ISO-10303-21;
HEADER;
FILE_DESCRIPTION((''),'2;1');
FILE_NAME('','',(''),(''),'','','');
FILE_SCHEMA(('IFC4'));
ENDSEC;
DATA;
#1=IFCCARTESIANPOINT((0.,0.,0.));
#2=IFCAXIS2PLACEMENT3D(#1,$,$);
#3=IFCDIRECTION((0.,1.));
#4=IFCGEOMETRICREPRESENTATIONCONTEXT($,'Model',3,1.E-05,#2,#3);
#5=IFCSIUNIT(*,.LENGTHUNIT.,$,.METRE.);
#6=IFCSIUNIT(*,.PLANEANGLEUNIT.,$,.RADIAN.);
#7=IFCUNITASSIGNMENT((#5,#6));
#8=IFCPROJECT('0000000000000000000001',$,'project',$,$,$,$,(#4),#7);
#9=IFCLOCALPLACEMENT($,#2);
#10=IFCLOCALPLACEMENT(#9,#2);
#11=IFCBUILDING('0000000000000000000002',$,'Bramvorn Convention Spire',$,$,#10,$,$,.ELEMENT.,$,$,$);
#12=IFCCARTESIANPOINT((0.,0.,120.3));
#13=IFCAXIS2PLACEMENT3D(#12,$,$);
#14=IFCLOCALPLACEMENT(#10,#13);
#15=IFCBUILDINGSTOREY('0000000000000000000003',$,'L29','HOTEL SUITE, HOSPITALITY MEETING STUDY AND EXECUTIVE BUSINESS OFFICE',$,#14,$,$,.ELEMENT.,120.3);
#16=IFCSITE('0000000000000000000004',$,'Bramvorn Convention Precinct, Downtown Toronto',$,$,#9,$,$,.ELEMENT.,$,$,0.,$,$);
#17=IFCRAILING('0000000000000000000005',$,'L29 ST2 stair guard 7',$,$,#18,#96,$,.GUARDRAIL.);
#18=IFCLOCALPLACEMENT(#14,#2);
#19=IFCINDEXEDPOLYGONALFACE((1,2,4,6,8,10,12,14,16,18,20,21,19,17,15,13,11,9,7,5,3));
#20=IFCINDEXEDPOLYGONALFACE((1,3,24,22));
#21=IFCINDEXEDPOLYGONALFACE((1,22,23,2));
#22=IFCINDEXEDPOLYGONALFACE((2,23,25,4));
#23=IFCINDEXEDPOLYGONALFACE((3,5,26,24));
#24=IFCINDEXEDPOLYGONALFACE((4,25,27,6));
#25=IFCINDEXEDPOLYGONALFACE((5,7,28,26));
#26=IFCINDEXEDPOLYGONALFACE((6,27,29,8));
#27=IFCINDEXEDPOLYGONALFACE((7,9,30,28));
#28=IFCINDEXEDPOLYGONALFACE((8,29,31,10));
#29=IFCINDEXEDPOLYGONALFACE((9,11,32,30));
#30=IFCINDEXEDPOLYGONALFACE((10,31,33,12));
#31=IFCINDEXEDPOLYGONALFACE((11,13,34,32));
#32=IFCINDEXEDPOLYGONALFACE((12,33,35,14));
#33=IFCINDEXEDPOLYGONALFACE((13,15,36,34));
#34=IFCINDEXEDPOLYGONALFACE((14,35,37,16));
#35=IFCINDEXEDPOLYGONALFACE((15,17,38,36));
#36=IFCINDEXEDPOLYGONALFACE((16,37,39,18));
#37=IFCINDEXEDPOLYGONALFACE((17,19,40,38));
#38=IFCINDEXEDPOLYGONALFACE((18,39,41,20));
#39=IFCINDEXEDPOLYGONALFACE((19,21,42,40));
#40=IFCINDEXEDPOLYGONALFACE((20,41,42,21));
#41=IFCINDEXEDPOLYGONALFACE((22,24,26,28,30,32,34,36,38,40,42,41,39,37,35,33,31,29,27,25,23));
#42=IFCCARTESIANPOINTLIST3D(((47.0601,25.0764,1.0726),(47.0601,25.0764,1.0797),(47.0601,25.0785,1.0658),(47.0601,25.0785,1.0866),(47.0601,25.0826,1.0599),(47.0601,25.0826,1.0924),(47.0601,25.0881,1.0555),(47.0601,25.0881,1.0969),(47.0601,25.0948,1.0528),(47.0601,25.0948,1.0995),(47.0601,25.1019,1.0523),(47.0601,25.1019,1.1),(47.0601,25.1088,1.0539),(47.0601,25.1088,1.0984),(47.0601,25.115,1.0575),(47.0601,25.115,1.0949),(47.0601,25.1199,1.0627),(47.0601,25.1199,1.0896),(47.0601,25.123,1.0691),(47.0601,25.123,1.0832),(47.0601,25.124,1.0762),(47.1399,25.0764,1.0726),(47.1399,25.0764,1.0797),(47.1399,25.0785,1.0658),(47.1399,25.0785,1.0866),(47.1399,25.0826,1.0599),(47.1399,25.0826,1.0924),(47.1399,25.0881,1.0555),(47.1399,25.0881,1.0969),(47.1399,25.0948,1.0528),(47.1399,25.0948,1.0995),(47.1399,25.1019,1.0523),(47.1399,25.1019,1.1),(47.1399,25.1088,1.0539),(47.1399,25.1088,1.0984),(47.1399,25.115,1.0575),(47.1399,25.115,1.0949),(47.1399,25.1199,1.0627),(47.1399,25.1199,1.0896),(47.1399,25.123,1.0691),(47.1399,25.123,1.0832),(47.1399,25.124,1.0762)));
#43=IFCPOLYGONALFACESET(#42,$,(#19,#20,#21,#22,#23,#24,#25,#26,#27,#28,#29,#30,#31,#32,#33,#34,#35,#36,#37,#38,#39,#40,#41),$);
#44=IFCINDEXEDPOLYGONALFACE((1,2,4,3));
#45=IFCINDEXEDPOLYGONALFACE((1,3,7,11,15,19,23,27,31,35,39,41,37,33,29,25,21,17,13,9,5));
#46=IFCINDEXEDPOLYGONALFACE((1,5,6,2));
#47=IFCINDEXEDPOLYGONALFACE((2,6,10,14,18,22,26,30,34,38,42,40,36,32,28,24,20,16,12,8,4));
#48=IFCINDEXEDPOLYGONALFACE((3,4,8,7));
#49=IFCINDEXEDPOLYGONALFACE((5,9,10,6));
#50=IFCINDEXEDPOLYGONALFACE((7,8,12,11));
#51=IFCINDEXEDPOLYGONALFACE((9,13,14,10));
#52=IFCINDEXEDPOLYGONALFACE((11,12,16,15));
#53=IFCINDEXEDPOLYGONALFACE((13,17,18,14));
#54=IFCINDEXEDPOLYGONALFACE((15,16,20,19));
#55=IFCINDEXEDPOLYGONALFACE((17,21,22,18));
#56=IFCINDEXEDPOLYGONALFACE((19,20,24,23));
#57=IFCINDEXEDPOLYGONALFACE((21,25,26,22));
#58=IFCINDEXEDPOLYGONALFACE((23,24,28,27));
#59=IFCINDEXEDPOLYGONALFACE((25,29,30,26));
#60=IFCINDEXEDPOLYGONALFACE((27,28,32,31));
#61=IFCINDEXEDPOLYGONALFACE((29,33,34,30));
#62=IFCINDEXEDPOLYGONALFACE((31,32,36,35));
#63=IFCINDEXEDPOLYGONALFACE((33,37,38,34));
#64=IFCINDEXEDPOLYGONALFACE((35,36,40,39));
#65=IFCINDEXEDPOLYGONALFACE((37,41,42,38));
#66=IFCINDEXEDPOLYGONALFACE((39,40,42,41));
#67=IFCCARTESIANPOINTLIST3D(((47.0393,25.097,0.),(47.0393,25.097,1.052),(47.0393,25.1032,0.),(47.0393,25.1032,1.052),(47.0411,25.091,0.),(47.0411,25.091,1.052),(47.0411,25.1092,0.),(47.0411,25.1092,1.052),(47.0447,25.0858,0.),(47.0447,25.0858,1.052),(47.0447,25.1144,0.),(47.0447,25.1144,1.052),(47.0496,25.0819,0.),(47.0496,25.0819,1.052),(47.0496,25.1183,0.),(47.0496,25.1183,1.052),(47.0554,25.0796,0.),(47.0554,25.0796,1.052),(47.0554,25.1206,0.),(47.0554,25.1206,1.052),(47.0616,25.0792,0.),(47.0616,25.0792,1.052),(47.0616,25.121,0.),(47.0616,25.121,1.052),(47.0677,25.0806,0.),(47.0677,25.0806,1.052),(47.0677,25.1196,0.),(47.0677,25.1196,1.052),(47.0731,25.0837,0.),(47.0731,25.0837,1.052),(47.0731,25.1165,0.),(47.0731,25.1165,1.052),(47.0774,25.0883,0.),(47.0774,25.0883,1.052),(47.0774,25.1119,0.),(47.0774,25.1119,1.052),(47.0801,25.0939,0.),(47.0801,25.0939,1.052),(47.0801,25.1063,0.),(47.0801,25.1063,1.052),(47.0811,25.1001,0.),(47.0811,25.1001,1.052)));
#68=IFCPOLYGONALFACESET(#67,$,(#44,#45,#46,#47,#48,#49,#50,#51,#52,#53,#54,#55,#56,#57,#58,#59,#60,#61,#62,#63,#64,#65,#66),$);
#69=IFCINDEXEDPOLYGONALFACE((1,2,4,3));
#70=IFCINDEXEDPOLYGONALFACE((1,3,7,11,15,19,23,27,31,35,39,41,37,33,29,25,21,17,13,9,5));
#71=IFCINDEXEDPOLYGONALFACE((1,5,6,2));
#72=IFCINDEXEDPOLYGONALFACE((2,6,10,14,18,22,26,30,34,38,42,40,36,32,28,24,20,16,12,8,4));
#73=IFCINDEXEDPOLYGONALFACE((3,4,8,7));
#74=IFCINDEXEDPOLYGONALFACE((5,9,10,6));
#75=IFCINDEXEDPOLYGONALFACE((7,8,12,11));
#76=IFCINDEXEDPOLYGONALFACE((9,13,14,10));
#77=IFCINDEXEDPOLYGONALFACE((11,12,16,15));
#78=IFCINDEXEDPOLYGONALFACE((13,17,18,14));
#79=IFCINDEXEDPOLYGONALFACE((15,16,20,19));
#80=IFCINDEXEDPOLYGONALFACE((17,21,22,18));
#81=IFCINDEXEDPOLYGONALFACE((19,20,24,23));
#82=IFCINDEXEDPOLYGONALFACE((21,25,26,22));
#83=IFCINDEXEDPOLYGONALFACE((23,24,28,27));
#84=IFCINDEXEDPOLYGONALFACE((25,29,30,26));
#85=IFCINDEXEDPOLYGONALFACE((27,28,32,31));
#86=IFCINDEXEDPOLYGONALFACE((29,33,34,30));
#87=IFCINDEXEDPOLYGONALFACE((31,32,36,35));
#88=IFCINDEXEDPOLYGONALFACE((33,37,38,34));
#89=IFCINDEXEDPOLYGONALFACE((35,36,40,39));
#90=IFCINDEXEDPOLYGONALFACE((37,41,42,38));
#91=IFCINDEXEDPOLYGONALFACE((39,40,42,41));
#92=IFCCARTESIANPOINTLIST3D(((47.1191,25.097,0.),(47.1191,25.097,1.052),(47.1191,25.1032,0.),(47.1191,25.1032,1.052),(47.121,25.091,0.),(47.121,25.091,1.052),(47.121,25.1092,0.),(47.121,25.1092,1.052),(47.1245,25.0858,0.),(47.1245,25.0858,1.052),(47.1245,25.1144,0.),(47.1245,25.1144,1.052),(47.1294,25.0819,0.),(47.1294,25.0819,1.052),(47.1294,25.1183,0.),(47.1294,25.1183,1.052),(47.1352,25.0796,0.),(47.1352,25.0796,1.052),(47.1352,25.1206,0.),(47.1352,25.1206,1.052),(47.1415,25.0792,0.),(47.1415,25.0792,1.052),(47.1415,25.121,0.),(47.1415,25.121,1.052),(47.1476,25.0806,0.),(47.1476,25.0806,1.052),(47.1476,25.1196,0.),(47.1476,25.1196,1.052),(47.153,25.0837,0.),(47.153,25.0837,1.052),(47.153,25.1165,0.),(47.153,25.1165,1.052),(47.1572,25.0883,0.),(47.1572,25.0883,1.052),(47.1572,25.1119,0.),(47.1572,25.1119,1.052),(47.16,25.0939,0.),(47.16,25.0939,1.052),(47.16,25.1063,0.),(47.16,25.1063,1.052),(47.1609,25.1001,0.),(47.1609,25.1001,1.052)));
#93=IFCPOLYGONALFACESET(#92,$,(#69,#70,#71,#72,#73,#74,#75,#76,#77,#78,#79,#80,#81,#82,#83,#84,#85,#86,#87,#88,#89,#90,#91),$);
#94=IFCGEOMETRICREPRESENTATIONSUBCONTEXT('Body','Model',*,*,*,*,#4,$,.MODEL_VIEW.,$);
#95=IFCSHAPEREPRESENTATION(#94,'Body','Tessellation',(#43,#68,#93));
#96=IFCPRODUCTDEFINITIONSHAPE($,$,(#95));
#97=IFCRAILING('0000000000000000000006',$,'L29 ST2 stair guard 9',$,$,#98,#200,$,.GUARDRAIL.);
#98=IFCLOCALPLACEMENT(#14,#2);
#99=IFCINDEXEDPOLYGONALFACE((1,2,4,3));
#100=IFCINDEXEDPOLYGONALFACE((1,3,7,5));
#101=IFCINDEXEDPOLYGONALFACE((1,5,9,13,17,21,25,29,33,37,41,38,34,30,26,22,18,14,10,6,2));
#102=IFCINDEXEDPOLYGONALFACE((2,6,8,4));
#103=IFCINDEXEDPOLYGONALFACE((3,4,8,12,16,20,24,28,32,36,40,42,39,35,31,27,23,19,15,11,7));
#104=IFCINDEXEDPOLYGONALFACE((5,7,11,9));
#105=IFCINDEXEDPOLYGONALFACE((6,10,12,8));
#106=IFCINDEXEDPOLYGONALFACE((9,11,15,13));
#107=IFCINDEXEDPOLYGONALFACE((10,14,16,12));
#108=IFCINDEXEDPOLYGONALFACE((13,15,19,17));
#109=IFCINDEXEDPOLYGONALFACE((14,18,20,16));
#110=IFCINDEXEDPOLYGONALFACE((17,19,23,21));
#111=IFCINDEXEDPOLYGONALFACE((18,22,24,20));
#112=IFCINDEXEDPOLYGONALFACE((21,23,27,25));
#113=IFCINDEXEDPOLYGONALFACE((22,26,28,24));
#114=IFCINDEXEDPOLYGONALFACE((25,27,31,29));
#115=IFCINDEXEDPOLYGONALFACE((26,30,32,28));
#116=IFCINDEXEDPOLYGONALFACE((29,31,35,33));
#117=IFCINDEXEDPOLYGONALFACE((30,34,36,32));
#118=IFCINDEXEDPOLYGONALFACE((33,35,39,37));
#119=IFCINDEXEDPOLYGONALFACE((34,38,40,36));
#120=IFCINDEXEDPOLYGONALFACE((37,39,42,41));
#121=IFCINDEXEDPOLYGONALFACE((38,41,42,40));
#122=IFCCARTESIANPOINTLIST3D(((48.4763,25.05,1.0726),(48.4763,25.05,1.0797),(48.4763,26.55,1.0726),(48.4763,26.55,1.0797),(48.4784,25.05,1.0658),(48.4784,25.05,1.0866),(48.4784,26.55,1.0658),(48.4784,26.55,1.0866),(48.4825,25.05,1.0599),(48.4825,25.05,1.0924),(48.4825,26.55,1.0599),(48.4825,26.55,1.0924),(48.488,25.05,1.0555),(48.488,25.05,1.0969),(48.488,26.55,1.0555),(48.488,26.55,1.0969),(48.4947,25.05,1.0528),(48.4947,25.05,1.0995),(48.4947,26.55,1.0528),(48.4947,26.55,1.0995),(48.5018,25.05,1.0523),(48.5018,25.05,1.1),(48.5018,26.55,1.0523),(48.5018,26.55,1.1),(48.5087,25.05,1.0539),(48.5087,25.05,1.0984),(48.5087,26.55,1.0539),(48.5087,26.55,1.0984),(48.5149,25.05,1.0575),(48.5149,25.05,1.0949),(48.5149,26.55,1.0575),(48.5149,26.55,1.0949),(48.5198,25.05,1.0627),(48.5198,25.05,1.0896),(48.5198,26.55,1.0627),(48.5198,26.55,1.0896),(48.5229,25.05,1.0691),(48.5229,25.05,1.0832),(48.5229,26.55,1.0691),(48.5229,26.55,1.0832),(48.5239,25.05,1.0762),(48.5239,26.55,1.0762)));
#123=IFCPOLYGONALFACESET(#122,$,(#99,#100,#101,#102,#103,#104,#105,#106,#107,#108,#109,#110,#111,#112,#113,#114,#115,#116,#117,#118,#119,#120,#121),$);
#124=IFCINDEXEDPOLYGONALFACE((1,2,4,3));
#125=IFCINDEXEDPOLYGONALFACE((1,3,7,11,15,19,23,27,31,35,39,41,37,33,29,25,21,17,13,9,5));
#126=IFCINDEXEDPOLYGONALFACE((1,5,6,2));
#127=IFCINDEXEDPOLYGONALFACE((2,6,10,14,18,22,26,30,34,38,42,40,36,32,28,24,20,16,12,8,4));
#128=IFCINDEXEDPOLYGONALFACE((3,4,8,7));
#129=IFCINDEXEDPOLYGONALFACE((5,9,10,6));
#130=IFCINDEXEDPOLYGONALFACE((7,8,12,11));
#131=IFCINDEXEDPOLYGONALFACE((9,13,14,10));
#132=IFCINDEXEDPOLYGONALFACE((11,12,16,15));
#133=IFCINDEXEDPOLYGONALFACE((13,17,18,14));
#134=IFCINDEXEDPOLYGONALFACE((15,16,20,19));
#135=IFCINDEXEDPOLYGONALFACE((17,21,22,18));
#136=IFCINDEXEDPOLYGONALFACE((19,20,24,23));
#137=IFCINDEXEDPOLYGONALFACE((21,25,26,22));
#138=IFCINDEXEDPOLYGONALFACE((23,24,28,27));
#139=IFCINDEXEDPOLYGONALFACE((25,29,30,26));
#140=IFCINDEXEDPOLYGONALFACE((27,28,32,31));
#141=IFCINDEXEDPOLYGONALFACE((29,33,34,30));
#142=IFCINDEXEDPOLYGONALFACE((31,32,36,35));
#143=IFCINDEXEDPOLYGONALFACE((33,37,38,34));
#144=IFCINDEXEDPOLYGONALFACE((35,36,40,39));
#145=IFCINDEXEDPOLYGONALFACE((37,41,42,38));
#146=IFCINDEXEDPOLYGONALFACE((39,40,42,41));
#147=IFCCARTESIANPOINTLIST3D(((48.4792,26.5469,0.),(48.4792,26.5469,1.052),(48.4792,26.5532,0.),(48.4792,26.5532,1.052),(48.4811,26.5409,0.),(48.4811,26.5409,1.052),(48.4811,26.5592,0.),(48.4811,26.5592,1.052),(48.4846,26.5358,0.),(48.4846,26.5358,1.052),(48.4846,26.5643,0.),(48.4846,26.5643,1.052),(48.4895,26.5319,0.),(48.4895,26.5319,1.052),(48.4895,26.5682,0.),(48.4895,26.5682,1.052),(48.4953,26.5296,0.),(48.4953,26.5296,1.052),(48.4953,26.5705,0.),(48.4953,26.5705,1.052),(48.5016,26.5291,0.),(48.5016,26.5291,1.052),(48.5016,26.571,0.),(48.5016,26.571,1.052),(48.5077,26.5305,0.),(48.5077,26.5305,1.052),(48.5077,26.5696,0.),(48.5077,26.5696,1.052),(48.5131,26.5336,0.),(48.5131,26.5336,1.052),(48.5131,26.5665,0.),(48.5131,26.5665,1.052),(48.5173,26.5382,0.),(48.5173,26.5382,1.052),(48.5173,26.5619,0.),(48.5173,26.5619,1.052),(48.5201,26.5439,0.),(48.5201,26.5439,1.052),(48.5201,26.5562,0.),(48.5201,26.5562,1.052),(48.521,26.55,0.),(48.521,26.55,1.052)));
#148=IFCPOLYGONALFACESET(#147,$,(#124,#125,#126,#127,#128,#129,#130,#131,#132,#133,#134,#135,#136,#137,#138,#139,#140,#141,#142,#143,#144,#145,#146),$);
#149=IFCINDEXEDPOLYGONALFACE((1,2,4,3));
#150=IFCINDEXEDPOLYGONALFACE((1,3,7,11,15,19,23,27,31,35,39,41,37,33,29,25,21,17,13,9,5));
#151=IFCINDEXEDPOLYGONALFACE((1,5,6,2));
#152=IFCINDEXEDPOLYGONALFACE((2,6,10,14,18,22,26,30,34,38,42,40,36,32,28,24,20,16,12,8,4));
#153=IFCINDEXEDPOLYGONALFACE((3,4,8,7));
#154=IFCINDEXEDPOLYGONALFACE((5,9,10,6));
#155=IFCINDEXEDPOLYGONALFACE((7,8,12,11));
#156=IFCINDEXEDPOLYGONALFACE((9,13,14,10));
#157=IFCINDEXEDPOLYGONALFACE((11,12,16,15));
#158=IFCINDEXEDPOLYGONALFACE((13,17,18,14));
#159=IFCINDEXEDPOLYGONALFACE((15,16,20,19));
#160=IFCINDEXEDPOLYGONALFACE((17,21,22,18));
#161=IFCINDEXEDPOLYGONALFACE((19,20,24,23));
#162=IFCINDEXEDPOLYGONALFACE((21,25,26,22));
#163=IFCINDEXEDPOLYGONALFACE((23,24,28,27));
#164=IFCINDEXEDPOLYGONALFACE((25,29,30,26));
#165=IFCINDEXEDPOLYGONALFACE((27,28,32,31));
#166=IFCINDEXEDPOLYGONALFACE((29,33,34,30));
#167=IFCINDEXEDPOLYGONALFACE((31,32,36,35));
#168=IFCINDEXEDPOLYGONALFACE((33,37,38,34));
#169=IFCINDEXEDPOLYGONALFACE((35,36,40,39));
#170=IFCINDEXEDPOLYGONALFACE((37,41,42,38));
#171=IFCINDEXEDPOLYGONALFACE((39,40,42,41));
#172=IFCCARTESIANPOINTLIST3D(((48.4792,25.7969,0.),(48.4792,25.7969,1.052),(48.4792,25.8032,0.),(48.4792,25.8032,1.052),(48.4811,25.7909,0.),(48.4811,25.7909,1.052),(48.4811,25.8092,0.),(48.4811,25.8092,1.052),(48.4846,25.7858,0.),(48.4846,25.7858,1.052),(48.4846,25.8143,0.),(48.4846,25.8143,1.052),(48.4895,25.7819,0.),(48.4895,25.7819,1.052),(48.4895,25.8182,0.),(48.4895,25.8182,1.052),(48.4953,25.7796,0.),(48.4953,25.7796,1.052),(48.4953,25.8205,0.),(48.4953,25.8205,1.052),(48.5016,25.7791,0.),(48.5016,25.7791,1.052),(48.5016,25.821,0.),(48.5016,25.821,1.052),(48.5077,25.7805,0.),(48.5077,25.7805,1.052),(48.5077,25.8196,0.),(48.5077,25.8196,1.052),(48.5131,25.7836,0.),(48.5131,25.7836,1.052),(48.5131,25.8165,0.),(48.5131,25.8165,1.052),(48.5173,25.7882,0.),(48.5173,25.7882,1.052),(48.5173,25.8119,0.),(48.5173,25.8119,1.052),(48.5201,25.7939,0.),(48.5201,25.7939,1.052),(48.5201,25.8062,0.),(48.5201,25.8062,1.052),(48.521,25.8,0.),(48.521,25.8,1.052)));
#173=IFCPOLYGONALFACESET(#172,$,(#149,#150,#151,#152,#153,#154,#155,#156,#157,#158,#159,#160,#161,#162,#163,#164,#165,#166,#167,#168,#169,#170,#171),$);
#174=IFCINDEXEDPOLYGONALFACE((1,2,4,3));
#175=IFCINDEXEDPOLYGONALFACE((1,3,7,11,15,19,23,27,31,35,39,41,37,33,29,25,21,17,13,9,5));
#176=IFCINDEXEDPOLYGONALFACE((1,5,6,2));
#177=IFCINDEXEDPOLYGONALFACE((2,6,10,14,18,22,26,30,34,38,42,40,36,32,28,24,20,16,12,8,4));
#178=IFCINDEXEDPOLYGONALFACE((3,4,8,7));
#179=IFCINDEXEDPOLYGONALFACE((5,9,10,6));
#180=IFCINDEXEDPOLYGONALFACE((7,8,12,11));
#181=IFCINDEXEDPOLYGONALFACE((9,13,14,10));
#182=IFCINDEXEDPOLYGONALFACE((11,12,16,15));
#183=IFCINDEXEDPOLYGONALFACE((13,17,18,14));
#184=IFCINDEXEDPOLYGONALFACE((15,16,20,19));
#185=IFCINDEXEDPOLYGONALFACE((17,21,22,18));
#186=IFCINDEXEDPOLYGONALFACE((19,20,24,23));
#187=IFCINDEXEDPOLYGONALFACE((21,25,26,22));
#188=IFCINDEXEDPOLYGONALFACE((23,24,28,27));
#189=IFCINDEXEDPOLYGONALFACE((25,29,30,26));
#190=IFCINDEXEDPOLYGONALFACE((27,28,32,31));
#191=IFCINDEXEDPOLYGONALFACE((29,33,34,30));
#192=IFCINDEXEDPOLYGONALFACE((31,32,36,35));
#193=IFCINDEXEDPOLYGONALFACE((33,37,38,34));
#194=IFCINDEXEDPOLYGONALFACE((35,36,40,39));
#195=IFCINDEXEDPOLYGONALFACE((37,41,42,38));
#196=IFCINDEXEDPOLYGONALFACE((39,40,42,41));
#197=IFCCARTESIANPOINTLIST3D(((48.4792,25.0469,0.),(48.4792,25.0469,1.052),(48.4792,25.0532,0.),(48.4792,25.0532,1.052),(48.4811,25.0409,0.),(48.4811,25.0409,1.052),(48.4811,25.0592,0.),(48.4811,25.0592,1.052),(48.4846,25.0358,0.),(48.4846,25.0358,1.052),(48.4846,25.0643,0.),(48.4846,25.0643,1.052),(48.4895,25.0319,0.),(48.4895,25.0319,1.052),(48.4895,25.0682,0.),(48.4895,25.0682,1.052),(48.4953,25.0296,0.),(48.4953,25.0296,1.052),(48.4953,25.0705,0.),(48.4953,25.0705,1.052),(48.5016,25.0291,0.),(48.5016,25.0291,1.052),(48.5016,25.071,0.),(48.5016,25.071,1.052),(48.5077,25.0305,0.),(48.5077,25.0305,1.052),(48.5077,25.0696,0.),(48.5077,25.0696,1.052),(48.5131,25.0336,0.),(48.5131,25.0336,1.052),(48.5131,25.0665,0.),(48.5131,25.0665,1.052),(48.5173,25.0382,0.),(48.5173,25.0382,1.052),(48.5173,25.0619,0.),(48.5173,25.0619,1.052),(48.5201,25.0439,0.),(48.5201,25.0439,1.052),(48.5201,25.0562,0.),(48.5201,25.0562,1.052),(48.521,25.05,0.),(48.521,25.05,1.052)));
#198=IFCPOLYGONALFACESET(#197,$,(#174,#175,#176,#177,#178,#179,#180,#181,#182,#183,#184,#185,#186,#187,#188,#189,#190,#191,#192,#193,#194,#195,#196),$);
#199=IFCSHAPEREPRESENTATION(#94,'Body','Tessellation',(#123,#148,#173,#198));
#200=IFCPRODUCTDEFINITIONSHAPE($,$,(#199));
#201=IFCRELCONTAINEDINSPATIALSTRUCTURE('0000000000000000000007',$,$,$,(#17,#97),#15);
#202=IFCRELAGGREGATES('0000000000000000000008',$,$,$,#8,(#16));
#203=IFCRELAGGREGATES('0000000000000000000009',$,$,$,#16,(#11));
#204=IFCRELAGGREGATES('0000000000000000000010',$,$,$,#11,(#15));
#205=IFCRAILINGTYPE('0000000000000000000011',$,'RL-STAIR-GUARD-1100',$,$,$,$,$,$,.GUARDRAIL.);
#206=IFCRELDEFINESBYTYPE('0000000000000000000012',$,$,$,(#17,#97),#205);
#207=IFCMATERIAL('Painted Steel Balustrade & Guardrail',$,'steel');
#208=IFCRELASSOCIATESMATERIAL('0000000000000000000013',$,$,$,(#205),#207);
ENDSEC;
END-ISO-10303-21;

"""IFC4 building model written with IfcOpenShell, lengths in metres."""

from ifc_helpers import new_model, si_unit, direction, frame, origin, origin_2d, place, context, subcontext, project, spatial, circle, extrude, material, type_object, element, save


model = new_model("IFC4")

# Units and contexts
model_context = context("Model", 3, precision=1e-05, world=origin(), true_north=direction((0.0, 1.0)))
body_context = subcontext(model_context, "Body", "Model", "MODEL_VIEW")
ifc_project = project(units=[si_unit("LENGTHUNIT", "METRE"), si_unit("PLANEANGLEUNIT", "RADIAN")], contexts=[model_context])

# Site, building, storey
site_placement = place(None, origin())
site = spatial("IfcSite", under=ifc_project, at=site_placement, Name="Bramvorn Convention Precinct, Downtown Toronto", CompositionType="ELEMENT", RefElevation=0.0)
building_placement = place(site_placement, origin())
building = spatial("IfcBuilding", under=site, at=building_placement, Name="Bramvorn Convention Spire", CompositionType="ELEMENT")
storey_placement = place(building_placement, frame((0.0, 0.0, 120.3)))
storey = spatial("IfcBuildingStorey", under=building, at=storey_placement, Name="L29", Description="HOTEL SUITE, HOSPITALITY MEETING STUDY AND EXECUTIVE BUSINESS OFFICE", CompositionType="ELEMENT", Elevation=120.3)

# Railings
ifc_material_1 = material(Name="Painted Steel Balustrade & Guardrail", Category="steel")
railing_type_1 = type_object("IfcRailingType", Name="RL-STAIR-GUARD-1100", PredefinedType="GUARDRAIL", material=ifc_material_1)
railing_1_placement = place(storey_placement, frame((47.0601, 25.1001, 0.0)))
element("IfcRailing", 1, at=railing_1_placement, inside=storey, type_object=railing_type_1, Name="L29 ST2 stair guard 7", PredefinedType="GUARDRAIL", context=body_context, shape_type="SweptSolid", body=[
    extrude(circle(Radius=0.0239, at=origin_2d()), frame((0.0, 0.0, 1.0762), z_axis=(1.0, 0.0, 0.0), x_axis=(0.0, 1.0, 0.0)), (0.0, 0.0, 1.0), 0.0798),
    extrude(circle(Radius=0.021, at=origin_2d()), origin(), (0.0, 0.0, 1.0), 1.052),
    extrude(circle(Radius=0.021, at=origin_2d()), frame((0.0798, 0.0, 0.0)), (0.0, 0.0, 1.0), 1.052),
])
railing_2_placement = place(storey_placement, frame((48.5, 26.55, 0.0)))
element("IfcRailing", 2, at=railing_2_placement, inside=storey, type_object=railing_type_1, Name="L29 ST2 stair guard 9", PredefinedType="GUARDRAIL", context=body_context, shape_type="SweptSolid", body=[
    extrude(circle(Radius=0.0239, at=origin_2d()), frame((0.0, 0.0, 1.0762), z_axis=(0.0, -1.0, 0.0), x_axis=(1.0, 0.0, 0.0)), (0.0, 0.0, 1.0), 1.5),
    extrude(circle(Radius=0.021, at=origin_2d()), origin(), (0.0, 0.0, 1.0), 1.052),
    extrude(circle(Radius=0.021, at=origin_2d()), frame((0.0, -0.75, 0.0)), (0.0, 0.0, 1.0), 1.052),
    extrude(circle(Radius=0.021, at=origin_2d()), frame((0.0, -1.5, 0.0)), (0.0, 0.0, 1.0), 1.052),
])

save(model, "model.ifc")
